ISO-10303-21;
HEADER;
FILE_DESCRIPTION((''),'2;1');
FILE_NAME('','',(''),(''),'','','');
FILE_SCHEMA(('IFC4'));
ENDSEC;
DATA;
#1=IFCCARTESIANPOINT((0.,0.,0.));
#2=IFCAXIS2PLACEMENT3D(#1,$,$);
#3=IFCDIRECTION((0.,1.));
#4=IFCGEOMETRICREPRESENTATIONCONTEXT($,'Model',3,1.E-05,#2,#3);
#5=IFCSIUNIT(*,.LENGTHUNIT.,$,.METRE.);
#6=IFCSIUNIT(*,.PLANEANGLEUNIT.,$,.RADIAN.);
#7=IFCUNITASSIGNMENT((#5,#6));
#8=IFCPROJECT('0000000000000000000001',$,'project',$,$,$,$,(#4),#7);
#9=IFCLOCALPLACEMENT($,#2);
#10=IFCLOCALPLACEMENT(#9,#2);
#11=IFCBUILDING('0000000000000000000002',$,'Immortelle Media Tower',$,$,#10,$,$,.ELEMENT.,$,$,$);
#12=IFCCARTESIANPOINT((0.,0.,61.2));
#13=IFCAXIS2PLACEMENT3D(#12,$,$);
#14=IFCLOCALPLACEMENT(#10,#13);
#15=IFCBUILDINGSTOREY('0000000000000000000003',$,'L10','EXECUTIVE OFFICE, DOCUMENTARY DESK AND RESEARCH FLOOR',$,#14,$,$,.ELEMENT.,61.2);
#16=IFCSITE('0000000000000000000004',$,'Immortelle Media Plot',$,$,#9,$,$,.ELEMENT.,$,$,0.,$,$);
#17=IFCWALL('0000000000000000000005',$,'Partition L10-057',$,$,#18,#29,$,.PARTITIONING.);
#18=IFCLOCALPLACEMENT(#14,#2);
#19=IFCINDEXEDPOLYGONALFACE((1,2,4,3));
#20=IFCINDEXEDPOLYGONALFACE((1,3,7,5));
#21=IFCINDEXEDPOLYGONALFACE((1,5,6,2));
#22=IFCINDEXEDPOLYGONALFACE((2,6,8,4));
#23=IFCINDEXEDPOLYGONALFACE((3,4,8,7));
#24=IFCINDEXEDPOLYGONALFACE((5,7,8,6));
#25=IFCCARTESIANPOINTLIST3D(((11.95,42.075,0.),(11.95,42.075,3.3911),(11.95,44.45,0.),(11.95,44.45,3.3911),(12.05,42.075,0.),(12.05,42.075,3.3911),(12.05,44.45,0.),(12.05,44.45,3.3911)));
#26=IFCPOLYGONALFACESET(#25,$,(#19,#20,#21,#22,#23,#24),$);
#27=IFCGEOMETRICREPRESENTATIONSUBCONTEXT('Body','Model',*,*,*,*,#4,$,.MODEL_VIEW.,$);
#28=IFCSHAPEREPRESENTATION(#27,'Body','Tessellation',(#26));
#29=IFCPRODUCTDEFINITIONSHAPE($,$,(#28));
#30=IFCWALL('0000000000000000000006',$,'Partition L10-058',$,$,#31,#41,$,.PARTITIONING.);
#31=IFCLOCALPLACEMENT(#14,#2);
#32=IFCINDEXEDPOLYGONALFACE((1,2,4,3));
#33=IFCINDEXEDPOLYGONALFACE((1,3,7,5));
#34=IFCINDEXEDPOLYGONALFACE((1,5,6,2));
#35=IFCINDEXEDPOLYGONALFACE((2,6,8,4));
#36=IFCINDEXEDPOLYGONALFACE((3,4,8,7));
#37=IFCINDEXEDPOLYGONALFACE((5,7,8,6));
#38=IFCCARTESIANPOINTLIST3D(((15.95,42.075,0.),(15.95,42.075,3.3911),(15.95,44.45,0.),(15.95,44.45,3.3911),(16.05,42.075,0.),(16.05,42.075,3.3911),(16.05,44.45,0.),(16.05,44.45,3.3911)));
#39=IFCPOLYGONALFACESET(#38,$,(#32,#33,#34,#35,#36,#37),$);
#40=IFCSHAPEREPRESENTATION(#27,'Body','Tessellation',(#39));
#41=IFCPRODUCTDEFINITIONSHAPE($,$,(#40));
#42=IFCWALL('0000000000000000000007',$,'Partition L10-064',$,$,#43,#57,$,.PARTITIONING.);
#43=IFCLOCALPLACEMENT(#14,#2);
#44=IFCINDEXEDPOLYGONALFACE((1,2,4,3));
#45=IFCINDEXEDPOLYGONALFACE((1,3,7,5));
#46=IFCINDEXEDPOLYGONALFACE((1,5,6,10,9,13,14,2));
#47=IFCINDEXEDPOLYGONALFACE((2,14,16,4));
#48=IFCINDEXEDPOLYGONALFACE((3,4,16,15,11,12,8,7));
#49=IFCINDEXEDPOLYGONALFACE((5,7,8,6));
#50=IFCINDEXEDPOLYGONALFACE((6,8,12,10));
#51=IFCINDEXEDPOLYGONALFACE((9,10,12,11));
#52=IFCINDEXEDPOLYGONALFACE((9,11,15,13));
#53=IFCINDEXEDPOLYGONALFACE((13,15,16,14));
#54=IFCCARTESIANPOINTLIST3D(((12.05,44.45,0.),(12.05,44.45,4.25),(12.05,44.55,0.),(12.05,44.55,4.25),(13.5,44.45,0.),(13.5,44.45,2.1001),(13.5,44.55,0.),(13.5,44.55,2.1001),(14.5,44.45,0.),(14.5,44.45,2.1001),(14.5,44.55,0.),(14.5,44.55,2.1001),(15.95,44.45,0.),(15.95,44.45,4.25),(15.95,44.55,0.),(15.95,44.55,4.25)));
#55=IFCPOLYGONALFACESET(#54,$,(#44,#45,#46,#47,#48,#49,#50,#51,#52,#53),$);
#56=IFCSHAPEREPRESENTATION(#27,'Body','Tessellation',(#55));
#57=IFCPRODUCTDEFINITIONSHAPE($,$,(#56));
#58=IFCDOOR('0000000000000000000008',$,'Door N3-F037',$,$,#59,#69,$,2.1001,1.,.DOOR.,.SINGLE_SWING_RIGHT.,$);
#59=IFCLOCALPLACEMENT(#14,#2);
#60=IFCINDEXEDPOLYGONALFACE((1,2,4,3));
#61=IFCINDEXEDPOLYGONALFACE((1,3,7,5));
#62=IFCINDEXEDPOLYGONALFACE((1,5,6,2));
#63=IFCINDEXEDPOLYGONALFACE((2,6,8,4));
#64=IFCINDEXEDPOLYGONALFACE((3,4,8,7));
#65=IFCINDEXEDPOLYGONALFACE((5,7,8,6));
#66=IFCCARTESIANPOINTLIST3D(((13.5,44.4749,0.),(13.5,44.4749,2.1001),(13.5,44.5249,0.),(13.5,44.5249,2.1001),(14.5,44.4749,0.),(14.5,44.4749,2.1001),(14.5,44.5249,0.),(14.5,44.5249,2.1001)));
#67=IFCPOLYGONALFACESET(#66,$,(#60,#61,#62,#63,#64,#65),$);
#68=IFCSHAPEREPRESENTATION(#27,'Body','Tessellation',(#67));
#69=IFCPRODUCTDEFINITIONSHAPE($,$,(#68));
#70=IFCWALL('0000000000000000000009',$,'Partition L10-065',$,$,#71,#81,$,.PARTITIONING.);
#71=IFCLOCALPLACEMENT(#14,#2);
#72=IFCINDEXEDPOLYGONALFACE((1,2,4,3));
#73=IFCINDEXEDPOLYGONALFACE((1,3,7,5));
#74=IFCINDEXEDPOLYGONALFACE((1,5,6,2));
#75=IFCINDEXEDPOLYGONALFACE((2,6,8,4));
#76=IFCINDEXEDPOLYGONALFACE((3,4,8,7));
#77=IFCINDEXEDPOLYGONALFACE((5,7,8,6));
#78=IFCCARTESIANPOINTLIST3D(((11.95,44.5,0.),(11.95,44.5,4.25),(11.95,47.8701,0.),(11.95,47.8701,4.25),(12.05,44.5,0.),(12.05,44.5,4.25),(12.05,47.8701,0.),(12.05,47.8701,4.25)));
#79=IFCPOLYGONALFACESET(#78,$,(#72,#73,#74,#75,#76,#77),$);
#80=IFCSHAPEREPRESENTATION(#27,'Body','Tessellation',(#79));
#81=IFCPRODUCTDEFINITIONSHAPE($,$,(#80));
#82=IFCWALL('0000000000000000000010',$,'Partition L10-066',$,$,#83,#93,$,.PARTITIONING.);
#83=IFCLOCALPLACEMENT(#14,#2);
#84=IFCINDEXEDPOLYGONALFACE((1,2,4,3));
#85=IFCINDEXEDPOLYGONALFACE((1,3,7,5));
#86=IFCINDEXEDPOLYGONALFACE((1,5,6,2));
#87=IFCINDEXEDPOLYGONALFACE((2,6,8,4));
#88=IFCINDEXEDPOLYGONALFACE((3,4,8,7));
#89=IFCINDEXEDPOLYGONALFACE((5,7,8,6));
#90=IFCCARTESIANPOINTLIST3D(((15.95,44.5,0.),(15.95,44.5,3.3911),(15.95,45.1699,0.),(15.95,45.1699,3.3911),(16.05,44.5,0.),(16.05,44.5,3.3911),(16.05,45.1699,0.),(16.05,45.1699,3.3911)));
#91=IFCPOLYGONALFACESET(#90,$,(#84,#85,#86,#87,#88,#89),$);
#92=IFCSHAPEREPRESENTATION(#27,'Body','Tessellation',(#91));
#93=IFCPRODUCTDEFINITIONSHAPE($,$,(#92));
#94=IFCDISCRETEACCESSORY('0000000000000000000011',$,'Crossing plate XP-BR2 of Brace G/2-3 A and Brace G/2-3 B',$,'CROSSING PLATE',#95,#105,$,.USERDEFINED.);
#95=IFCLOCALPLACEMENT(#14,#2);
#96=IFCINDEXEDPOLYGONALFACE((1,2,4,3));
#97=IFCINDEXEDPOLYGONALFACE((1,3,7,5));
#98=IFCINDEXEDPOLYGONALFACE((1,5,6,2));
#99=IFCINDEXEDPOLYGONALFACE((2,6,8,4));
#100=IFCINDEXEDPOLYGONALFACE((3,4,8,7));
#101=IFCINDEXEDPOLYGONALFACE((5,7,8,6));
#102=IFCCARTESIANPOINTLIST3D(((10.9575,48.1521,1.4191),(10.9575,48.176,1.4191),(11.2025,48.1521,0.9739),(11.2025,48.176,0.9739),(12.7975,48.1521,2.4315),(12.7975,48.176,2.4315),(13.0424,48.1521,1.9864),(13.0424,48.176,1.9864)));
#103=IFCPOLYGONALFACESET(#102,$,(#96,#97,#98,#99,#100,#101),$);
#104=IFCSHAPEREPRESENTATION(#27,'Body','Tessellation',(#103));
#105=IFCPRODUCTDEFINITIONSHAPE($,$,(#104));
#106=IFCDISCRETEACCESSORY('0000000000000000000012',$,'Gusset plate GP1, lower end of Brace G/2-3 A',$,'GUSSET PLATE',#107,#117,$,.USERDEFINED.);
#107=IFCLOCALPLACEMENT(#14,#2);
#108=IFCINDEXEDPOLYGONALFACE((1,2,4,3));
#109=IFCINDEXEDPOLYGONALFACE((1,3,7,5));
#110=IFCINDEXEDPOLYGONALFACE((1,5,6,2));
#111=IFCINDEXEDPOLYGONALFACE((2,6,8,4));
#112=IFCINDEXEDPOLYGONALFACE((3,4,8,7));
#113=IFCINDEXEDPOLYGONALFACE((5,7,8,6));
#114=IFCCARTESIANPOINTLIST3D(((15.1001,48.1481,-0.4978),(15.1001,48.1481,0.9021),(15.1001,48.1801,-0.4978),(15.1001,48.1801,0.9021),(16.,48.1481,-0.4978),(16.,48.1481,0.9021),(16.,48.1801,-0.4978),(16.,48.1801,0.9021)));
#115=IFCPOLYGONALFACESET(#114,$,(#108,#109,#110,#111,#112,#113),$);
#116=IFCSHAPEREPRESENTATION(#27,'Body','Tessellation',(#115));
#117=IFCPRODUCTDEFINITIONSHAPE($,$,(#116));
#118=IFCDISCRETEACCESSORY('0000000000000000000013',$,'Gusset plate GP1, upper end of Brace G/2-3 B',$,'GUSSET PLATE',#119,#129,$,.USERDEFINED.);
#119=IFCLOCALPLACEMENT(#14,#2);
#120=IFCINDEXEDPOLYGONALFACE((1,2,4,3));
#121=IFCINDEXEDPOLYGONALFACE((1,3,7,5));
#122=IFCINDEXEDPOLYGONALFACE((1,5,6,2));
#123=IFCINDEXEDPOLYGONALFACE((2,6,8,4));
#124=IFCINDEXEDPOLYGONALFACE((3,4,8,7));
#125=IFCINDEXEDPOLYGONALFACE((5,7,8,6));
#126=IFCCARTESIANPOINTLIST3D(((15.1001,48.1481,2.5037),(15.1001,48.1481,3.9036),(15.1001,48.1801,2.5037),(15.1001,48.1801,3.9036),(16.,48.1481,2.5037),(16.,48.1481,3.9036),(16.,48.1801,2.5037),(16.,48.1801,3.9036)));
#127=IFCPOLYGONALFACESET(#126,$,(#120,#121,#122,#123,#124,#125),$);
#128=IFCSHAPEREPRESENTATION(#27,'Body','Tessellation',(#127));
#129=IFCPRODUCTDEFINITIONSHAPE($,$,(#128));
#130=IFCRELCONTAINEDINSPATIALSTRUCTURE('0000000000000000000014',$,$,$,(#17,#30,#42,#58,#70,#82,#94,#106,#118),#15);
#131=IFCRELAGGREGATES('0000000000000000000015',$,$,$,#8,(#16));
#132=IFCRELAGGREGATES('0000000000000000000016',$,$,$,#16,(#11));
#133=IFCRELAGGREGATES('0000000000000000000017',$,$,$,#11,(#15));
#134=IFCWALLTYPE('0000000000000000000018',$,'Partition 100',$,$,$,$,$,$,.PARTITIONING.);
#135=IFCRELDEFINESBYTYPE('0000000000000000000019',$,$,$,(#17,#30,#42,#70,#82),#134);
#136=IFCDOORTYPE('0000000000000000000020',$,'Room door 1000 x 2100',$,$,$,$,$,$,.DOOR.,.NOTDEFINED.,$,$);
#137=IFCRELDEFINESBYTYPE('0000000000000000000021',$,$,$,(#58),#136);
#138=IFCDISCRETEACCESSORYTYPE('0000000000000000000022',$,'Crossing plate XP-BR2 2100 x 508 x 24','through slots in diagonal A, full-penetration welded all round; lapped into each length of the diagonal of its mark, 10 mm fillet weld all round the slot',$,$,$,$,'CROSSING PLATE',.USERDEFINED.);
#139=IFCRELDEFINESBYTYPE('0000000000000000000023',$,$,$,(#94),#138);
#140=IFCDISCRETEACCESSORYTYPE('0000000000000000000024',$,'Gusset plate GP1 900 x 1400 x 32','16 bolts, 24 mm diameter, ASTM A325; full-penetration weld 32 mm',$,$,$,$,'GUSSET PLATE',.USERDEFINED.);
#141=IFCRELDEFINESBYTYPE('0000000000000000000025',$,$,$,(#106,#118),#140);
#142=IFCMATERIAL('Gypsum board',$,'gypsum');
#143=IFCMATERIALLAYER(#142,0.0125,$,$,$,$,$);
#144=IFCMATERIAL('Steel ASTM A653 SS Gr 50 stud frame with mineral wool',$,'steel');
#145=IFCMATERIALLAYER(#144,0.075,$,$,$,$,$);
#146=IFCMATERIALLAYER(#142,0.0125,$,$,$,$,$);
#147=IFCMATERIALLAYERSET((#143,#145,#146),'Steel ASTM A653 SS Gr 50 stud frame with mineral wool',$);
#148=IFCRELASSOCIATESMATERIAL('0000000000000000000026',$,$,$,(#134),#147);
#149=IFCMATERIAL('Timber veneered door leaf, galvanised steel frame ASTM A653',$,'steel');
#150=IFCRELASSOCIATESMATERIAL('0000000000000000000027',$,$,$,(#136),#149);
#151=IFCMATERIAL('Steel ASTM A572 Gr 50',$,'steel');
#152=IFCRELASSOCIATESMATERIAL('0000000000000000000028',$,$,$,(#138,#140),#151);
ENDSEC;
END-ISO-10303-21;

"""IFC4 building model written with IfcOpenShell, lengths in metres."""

from ifc_helpers import new_model, si_unit, direction, frame, frame_2d, origin, origin_2d, place, context, subcontext, project, spatial, rectangle, extrude, material, layer, layer_set, material_profile, profile_set, type_object, element, fill, save


model = new_model("IFC4")

# Units and contexts
model_context = context("Model", 3, precision=1e-05, world=origin(), true_north=direction((0.0, 1.0)))
body_context = subcontext(model_context, "Body", "Model", "MODEL_VIEW")
ifc_project = project(units=[si_unit("LENGTHUNIT", "METRE"), si_unit("PLANEANGLEUNIT", "RADIAN")], contexts=[model_context])

# Site, building, storey
site_placement = place(None, origin())
site = spatial("IfcSite", under=ifc_project, at=site_placement, Name="Immortelle Media Plot", CompositionType="ELEMENT", RefElevation=0.0)
building_placement = place(site_placement, origin())
building = spatial("IfcBuilding", under=site, at=building_placement, Name="Immortelle Media Tower", CompositionType="ELEMENT")
storey_placement = place(building_placement, frame((0.0, 0.0, 61.2)))
storey = spatial("IfcBuildingStorey", under=building, at=storey_placement, Name="L10", Description="EXECUTIVE OFFICE, DOCUMENTARY DESK AND RESEARCH FLOOR", CompositionType="ELEMENT", Elevation=61.2)

# Walls
ifc_material_1 = material(Name="Steel ASTM A653 SS Gr 50 stud frame with mineral wool", Category="steel")
ifc_material_2 = material(Name="Gypsum board", Category="gypsum")
ifc_layer_1 = layer(ifc_material_2, 0.0125)
ifc_layer_2 = layer(ifc_material_1, 0.075)
ifc_layer_3 = layer(ifc_material_2, 0.0125)
ifc_layer_set_1 = layer_set([ifc_layer_1, ifc_layer_2, ifc_layer_3], Name="Steel ASTM A653 SS Gr 50 stud frame with mineral wool")
wall_type_1 = type_object("IfcWallType", Name="Partition 100", PredefinedType="PARTITIONING", material=ifc_layer_set_1)
for number, where, z_axis, x_axis, name in (
    (1, (12.0, 42.075, 0.0), (0.0, 0.0, 1.0), (0.0, 1.0, 0.0), "Partition L10-057"),
    (2, (16.0, 42.075, 0.0), (0.0, 0.0, 1.0), (0.0, 1.0, 0.0), "Partition L10-058"),
):
    element("IfcWall", number, at=place(storey_placement, frame(where, z_axis=z_axis, x_axis=x_axis)), inside=storey, type_object=wall_type_1, Name=name, PredefinedType="PARTITIONING", context=body_context, shape_type="SweptSolid", body=[
        extrude(rectangle(XDim=2.375, YDim=0.1001, at=frame_2d((1.1875, 0.0))), origin(), (0.0, 0.0, 1.0), 3.3911),
    ])

# Wall, opening, door
wall_1_placement = place(storey_placement, frame((12.05, 44.5, 0.0), z_axis=(0.0, 0.0, 1.0), x_axis=(1.0, 0.0, 0.0)))
wall_1 = element("IfcWall", 3, at=wall_1_placement, inside=storey, type_object=wall_type_1, Name="Partition L10-064", PredefinedType="PARTITIONING", context=body_context, shape_type="SweptSolid", body=[
    extrude(rectangle(XDim=3.8999, YDim=0.1001, at=frame_2d((1.95, 0.0))), origin(), (0.0, 0.0, 1.0), 4.25),
])
opening_placement = place(wall_1_placement, frame((1.45, 0.0, 0.0)))
opening = element("IfcOpeningElement", 4, at=opening_placement, cuts=wall_1, PredefinedType="OPENING", context=body_context, shape_type="SweptSolid", body=[
    extrude(rectangle(XDim=1.0, YDim=2.1001, at=frame_2d((0.5, 1.05))), frame((0.0, 0.0601, 0.0), z_axis=(0.0, -1.0, 0.0), x_axis=(1.0, 0.0, 0.0)), (0.0, 0.0, 1.0), 0.1201),
])
ifc_material_3 = material(Name="Timber veneered door leaf, galvanised steel frame ASTM A653", Category="steel")
door_type = type_object("IfcDoorType", Name="Room door 1000 x 2100", OperationType="NOTDEFINED", PredefinedType="DOOR", material=ifc_material_3)
door_placement = place(opening_placement, origin())
door = element("IfcDoor", 5, at=door_placement, inside=storey, type_object=door_type, Name="Door N3-F037", OperationType="SINGLE_SWING_RIGHT", OverallHeight=2.1001, OverallWidth=1.0, PredefinedType="DOOR", context=body_context, shape_type="SweptSolid", body=[
    extrude(rectangle(XDim=1.0, YDim=2.1001, at=frame_2d((0.5, 1.05))), frame((0.0, 0.0249, 0.0), z_axis=(0.0, -1.0, 0.0), x_axis=(1.0, 0.0, 0.0)), (0.0, 0.0, 1.0), 0.05),
])
fill(opening, door)

# Walls
wall_2_placement = place(storey_placement, frame((12.0, 44.5, 0.0), z_axis=(0.0, 0.0, 1.0), x_axis=(0.0, 1.0, 0.0)))
element("IfcWall", 6, at=wall_2_placement, inside=storey, type_object=wall_type_1, Name="Partition L10-065", PredefinedType="PARTITIONING", context=body_context, shape_type="SweptSolid", body=[
    extrude(rectangle(XDim=3.3701, YDim=0.1001, at=frame_2d((1.6851, 0.0))), origin(), (0.0, 0.0, 1.0), 4.25),
])
wall_3_placement = place(storey_placement, frame((16.0, 44.5, 0.0), z_axis=(0.0, 0.0, 1.0), x_axis=(0.0, 1.0, 0.0)))
element("IfcWall", 7, at=wall_3_placement, inside=storey, type_object=wall_type_1, Name="Partition L10-066", PredefinedType="PARTITIONING", context=body_context, shape_type="SweptSolid", body=[
    extrude(rectangle(XDim=0.6699, YDim=0.1001, at=frame_2d((0.335, 0.0))), origin(), (0.0, 0.0, 1.0), 3.3911),
])

# Discrete accessories
ifc_material_4 = material(Name="Steel ASTM A572 Gr 50", Category="steel")
ifc_material_profile_1 = material_profile(ifc_material_4, rectangle(XDim=0.0239, YDim=0.5081, at=origin_2d()), Name="PL 24 x 508")
ifc_profile_set_1 = profile_set([ifc_material_profile_1], Name="Steel ASTM A572 Gr 50")
discrete_accessory_type_1 = type_object("IfcDiscreteAccessoryType", Name="Crossing plate XP-BR2 2100 x 508 x 24", Description="through slots in diagonal A, full-penetration welded all round; lapped into each length of the diagonal of its mark, 10 mm fillet weld all round the slot", ElementType="CROSSING PLATE", PredefinedType="USERDEFINED", material=ifc_profile_set_1)
discrete_accessory_placement = place(storey_placement, frame((12.9199, 48.1641, 2.209), z_axis=(-0.876108, 0.0, -0.482115), x_axis=(0.0, -1.0, 0.0)))
element("IfcDiscreteAccessory", 8, at=discrete_accessory_placement, inside=storey, type_object=discrete_accessory_type_1, Name="Crossing plate XP-BR2 of Brace G/2-3 A and Brace G/2-3 B", ObjectType="CROSSING PLATE", PredefinedType="USERDEFINED", context=body_context, shape_type="SweptSolid", body=[
    extrude(rectangle(XDim=0.0239, YDim=0.5081, at=origin_2d()), origin(), (0.0, 0.0, 1.0), 2.1001),
])
ifc_material_profile_2 = material_profile(ifc_material_4, rectangle(XDim=0.032, YDim=1.3999, at=origin_2d()), Name="PL 32 x 1400")
ifc_profile_set_2 = profile_set([ifc_material_profile_2], Name="Steel ASTM A572 Gr 50")
discrete_accessory_type_2 = type_object("IfcDiscreteAccessoryType", Name="Gusset plate GP1 900 x 1400 x 32", Description="16 bolts, 24 mm diameter, ASTM A325; full-penetration weld 32 mm", ElementType="GUSSET PLATE", PredefinedType="USERDEFINED", material=ifc_profile_set_2)
for number, where, z_axis, x_axis, name in (
    (9, (16.0, 48.1641, 0.2021), (-1.0, 0.0, 0.0), (0.0, -1.0, 0.0), "Gusset plate GP1, lower end of Brace G/2-3 A"),
    (10, (16.0, 48.1641, 3.2036), (-1.0, 0.0, 0.0), (0.0, -1.0, 0.0), "Gusset plate GP1, upper end of Brace G/2-3 B"),
):
    element("IfcDiscreteAccessory", number, at=place(storey_placement, frame(where, z_axis=z_axis, x_axis=x_axis)), inside=storey, type_object=discrete_accessory_type_2, Name=name, ObjectType="GUSSET PLATE", PredefinedType="USERDEFINED", context=body_context, shape_type="SweptSolid", body=[
        extrude(rectangle(XDim=0.032, YDim=1.3999, at=origin_2d()), origin(), (0.0, 0.0, 1.0), 0.8999),
    ])

save(model, "model.ifc")
